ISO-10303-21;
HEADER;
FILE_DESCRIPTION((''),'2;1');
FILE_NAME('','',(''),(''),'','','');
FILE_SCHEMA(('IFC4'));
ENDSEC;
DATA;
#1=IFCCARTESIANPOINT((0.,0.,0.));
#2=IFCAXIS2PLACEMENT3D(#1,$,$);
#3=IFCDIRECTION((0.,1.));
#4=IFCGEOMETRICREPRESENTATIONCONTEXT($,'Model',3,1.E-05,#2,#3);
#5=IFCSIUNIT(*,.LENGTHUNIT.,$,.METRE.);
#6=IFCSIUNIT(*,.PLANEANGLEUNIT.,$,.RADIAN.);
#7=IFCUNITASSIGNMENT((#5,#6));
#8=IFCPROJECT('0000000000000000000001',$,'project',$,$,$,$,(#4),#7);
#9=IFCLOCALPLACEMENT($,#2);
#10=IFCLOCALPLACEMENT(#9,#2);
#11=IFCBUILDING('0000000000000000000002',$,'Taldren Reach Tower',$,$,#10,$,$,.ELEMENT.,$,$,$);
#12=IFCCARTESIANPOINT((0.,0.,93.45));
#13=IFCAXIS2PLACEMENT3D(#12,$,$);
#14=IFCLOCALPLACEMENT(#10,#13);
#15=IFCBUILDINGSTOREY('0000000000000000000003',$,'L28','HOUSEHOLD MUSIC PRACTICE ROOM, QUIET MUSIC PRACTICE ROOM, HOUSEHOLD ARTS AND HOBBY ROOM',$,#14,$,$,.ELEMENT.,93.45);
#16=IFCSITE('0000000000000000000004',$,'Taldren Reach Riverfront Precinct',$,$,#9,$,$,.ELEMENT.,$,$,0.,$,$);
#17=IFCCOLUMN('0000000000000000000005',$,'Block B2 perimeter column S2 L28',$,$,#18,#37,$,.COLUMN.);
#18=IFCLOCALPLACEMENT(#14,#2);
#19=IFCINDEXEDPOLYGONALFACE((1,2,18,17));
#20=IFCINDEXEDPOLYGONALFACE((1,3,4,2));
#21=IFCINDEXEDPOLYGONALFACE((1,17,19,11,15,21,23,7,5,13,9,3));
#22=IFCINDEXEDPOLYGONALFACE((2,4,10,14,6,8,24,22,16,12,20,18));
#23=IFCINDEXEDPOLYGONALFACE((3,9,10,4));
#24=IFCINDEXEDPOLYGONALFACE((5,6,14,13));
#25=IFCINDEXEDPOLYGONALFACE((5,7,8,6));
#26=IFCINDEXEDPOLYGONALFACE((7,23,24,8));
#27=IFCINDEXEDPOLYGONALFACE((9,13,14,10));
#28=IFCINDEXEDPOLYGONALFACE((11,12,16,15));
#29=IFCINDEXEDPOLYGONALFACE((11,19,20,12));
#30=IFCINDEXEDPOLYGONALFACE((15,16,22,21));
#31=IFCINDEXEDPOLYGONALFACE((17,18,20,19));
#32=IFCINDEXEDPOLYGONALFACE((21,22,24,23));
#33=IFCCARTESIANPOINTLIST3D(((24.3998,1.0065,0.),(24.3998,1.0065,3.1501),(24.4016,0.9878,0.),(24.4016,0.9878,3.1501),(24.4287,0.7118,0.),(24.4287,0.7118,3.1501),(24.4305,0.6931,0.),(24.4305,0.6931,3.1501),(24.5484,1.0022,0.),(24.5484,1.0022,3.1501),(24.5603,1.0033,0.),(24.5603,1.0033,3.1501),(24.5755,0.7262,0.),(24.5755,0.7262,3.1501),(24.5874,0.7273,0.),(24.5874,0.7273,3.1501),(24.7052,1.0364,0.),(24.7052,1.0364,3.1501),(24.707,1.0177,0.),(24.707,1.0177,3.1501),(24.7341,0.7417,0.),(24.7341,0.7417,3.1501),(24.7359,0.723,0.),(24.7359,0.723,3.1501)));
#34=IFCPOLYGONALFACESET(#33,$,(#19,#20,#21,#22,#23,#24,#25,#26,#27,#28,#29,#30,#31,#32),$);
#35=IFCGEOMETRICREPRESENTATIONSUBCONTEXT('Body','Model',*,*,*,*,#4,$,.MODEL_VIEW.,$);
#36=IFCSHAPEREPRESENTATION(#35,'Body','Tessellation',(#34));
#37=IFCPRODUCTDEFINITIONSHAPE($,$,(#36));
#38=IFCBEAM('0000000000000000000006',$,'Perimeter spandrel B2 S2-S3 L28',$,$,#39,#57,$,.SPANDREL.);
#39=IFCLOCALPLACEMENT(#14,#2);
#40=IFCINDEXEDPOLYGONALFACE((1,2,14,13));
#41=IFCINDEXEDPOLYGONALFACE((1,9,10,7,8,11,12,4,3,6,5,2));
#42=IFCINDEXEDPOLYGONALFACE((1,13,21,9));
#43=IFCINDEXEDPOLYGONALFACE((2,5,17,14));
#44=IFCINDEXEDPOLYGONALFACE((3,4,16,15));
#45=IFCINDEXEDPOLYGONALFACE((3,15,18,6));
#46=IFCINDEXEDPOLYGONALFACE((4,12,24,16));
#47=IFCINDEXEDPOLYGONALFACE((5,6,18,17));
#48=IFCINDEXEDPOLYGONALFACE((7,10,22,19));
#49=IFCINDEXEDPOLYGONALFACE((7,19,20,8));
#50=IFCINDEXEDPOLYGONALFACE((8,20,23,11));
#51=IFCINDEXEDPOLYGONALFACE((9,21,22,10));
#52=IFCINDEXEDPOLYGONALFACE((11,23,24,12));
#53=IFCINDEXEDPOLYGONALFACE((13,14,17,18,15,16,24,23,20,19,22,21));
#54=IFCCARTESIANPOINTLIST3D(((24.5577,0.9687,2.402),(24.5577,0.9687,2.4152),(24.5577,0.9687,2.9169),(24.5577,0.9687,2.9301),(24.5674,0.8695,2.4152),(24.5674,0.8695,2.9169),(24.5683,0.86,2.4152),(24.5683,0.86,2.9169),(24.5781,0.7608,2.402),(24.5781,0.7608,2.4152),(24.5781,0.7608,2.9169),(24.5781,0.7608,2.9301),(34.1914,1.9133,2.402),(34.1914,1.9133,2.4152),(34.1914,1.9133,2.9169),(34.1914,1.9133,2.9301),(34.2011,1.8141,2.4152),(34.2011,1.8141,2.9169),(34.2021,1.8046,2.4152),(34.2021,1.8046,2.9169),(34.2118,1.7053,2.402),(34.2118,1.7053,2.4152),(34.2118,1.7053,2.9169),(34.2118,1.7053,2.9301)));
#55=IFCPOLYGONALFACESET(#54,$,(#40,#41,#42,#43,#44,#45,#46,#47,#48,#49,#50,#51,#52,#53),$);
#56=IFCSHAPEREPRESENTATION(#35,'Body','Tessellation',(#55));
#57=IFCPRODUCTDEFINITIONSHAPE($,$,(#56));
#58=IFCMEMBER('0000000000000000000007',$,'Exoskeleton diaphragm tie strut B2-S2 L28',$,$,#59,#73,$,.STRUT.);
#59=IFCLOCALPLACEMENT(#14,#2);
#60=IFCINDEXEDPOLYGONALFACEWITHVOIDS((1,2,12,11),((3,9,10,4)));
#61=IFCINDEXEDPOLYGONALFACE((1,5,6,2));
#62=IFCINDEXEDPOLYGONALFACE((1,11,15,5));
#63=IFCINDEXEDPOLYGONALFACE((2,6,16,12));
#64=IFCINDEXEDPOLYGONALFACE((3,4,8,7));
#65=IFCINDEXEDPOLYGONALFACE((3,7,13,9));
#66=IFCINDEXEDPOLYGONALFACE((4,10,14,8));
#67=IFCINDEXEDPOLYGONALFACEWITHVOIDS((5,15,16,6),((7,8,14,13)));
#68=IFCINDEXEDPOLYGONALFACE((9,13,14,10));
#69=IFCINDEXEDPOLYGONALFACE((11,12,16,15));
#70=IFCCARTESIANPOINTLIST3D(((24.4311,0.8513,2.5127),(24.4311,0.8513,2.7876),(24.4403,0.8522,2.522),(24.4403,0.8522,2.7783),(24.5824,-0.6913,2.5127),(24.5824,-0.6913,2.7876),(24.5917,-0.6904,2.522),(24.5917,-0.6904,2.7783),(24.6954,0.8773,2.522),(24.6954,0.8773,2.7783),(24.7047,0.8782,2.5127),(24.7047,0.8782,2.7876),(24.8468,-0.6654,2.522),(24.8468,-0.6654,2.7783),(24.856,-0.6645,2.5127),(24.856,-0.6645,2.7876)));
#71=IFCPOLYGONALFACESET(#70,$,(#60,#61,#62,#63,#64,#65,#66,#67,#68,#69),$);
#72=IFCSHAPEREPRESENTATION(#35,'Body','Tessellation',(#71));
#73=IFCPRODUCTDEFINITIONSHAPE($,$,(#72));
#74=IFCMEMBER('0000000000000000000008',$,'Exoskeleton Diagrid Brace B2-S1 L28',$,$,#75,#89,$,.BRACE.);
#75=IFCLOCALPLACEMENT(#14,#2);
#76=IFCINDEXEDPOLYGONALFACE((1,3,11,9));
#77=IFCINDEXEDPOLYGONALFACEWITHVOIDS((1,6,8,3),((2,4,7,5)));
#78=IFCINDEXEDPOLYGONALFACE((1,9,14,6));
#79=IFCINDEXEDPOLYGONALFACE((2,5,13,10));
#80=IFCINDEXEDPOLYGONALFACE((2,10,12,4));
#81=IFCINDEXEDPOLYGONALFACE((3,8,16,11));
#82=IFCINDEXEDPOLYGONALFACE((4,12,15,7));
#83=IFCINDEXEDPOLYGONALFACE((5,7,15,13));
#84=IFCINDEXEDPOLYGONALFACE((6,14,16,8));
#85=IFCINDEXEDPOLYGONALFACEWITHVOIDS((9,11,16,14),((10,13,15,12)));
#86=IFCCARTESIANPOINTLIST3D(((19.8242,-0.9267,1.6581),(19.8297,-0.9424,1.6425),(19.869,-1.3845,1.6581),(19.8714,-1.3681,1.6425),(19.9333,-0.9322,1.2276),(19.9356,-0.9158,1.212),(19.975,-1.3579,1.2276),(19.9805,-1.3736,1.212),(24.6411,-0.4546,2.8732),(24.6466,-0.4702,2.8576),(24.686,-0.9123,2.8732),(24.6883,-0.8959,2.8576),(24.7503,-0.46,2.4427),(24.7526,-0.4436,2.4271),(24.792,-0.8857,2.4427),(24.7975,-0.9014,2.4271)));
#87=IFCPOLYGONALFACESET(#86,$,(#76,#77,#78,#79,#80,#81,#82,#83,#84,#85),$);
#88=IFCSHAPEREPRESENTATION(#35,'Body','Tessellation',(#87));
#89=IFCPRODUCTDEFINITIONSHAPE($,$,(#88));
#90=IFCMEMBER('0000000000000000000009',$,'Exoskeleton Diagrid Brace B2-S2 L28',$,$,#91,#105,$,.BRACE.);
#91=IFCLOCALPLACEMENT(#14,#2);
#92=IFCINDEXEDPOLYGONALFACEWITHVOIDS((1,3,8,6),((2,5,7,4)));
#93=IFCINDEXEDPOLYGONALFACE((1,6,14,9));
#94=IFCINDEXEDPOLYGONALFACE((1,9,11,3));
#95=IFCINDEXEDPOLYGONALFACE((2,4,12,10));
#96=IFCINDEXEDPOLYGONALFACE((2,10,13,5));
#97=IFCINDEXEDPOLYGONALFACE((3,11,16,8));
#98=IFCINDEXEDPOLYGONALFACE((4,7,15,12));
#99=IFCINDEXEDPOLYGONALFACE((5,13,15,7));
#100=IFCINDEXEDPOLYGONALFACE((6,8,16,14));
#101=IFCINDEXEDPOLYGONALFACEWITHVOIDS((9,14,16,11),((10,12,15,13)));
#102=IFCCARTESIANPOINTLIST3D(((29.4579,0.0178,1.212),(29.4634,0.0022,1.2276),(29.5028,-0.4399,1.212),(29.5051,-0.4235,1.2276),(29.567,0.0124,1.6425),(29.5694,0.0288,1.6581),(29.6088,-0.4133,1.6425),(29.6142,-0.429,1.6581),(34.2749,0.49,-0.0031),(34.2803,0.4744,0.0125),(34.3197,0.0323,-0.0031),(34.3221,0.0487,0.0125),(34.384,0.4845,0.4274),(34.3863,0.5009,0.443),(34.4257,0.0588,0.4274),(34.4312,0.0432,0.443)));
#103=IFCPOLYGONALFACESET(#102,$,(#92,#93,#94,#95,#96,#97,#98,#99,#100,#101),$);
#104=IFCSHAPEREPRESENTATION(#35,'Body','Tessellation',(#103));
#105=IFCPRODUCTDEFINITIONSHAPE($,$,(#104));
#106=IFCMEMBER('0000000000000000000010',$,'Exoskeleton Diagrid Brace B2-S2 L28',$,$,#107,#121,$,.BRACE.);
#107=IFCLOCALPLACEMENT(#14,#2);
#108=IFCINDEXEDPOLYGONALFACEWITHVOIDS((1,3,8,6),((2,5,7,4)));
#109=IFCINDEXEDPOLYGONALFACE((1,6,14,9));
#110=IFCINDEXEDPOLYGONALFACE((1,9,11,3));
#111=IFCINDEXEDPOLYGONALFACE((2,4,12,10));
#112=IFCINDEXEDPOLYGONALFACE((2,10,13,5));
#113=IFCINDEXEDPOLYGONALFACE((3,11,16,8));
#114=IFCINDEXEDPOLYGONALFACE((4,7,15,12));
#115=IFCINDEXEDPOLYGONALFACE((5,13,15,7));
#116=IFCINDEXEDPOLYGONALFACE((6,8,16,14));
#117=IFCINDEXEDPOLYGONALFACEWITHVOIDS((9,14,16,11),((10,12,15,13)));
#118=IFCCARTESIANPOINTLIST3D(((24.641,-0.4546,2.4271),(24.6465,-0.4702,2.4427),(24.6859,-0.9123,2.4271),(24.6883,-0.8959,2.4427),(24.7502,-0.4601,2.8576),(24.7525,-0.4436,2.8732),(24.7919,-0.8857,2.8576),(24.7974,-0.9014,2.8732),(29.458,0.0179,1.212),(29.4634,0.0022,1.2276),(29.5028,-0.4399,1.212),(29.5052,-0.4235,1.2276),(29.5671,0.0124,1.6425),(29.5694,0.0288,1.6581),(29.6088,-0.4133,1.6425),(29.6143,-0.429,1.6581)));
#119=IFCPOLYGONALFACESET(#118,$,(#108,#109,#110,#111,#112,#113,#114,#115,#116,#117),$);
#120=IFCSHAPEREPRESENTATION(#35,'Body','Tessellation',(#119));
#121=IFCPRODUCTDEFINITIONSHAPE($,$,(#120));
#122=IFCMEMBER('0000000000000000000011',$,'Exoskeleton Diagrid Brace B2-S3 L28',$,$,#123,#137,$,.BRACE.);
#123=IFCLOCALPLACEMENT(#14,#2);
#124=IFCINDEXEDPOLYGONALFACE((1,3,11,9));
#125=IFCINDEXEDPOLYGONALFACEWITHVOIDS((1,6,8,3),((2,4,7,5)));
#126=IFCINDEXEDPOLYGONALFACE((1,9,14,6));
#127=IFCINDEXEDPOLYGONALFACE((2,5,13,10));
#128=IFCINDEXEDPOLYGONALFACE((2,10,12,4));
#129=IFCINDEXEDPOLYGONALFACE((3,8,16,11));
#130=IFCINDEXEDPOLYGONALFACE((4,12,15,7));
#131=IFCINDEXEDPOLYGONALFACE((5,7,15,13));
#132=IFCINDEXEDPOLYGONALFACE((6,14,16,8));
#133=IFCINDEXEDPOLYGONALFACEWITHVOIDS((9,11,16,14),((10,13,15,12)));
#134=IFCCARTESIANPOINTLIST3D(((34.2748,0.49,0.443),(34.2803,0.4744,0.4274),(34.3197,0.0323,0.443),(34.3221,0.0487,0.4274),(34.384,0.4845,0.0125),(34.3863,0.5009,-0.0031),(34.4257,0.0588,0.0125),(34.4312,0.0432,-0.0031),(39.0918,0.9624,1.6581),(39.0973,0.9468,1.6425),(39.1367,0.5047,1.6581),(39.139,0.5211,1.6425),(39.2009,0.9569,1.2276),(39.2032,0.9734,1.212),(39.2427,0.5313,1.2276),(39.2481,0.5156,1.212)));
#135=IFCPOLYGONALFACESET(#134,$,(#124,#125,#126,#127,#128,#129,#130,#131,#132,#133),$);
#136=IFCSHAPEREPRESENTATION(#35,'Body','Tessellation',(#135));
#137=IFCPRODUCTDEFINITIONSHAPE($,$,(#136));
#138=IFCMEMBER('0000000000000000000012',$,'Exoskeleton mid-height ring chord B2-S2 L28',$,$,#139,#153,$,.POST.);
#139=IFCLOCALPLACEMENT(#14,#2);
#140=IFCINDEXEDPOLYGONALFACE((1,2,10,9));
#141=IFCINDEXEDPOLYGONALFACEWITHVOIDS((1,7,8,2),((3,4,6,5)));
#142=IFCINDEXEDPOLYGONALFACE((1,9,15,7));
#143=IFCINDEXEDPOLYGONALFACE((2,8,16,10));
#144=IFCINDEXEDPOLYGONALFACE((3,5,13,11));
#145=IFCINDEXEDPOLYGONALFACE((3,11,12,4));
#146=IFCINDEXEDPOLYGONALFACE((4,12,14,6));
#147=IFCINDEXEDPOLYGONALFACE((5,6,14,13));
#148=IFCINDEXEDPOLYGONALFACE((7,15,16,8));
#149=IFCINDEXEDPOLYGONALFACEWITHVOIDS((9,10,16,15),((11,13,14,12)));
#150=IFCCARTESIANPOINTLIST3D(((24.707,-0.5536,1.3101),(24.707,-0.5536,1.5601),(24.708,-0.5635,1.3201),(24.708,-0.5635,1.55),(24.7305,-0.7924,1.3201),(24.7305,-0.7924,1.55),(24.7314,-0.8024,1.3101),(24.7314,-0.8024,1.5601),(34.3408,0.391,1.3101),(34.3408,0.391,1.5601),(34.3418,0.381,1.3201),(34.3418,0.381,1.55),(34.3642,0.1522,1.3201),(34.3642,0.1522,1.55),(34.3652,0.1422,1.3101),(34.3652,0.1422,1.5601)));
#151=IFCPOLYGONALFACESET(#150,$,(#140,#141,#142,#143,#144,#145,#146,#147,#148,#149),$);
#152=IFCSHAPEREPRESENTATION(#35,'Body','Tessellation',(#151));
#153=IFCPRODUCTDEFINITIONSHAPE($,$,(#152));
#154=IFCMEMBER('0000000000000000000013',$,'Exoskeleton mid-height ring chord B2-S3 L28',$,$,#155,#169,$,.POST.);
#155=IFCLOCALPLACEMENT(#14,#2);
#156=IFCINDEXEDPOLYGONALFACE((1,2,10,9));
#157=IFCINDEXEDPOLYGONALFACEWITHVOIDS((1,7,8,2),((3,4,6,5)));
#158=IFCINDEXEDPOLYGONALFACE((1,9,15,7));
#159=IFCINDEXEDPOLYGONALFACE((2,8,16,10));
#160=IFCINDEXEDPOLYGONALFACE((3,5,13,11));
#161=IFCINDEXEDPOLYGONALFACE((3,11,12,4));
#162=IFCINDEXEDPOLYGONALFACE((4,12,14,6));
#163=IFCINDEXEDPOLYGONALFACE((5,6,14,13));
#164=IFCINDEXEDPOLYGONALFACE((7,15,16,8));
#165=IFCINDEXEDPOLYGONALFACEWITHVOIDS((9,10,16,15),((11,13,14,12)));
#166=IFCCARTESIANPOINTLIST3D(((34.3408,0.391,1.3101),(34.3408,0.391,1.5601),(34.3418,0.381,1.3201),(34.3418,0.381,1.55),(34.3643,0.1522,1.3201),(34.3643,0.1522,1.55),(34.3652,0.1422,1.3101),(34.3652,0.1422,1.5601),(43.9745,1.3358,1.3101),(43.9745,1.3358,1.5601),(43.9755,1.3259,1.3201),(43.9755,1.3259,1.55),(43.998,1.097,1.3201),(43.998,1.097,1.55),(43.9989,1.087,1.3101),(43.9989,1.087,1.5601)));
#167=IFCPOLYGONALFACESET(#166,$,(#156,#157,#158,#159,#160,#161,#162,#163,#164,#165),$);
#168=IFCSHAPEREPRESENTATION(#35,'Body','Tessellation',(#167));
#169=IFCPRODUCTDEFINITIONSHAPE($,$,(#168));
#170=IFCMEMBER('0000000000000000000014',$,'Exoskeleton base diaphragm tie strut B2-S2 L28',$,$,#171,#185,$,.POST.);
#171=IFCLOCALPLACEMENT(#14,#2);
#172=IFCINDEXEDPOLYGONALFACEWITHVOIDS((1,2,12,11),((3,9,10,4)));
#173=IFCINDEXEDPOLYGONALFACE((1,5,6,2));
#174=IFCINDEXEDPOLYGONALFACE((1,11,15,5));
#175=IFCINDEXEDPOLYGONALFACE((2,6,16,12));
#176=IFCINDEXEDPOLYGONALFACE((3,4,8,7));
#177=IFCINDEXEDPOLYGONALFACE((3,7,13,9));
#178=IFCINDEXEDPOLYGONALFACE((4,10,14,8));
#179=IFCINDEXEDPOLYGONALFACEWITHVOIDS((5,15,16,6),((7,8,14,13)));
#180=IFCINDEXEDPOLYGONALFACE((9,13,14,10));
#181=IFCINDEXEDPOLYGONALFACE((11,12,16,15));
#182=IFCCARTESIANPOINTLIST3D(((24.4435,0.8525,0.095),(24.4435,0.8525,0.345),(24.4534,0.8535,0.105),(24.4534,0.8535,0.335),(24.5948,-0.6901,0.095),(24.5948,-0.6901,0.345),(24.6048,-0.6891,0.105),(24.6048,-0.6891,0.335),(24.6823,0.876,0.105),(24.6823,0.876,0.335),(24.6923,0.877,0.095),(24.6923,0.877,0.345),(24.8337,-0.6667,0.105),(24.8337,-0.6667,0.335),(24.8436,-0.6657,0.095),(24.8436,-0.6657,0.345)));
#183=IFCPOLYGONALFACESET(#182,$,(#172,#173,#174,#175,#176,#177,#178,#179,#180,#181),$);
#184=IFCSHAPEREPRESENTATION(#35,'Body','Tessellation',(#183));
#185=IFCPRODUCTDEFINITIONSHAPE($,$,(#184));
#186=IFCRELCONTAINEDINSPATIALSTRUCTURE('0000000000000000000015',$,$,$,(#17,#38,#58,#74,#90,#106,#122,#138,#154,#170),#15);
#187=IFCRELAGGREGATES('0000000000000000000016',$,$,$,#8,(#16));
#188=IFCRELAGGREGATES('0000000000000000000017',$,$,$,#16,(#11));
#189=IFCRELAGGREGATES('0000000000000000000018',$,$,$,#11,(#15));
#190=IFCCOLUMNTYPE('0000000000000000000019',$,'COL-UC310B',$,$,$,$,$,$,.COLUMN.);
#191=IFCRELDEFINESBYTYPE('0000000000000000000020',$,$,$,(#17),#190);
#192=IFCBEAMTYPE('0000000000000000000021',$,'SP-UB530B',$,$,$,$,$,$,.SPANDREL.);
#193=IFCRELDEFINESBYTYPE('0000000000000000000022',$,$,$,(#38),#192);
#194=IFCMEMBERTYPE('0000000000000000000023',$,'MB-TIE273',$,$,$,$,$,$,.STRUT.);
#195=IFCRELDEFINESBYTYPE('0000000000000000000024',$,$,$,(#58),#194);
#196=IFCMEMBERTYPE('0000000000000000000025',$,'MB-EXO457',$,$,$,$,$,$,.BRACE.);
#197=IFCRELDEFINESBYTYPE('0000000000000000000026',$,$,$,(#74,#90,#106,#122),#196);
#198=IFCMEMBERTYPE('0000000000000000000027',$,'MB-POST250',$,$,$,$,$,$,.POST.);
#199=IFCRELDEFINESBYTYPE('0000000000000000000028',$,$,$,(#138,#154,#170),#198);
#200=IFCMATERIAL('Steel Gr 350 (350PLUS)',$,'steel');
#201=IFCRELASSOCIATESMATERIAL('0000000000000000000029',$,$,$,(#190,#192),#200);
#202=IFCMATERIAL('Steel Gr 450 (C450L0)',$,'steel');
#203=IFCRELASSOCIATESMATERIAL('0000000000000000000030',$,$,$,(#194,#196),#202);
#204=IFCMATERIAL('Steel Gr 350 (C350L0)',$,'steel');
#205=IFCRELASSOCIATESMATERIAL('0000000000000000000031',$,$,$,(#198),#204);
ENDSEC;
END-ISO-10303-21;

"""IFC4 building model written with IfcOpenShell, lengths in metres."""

from ifc_helpers import new_model, si_unit, direction, frame, origin, origin_2d, place, context, subcontext, project, spatial, hollow_rectangle, i_section, extrude, source, transform, mapped, material, material_profile, profile_set, type_object, element, save


model = new_model("IFC4")

# Units and contexts
model_context = context("Model", 3, precision=1e-05, world=origin(), true_north=direction((0.0, 1.0)))
body_context = subcontext(model_context, "Body", "Model", "MODEL_VIEW")
ifc_project = project(units=[si_unit("LENGTHUNIT", "METRE"), si_unit("PLANEANGLEUNIT", "RADIAN")], contexts=[model_context])

# Site, building, storey
site_placement = place(None, origin())
site = spatial("IfcSite", under=ifc_project, at=site_placement, Name="Taldren Reach Riverfront Precinct", CompositionType="ELEMENT", RefElevation=0.0)
building_placement = place(site_placement, origin())
building = spatial("IfcBuilding", under=site, at=building_placement, Name="Taldren Reach Tower", CompositionType="ELEMENT")
storey_placement = place(building_placement, frame((0.0, 0.0, 93.45)))
storey = spatial("IfcBuildingStorey", under=building, at=storey_placement, Name="L28", Description="HOUSEHOLD MUSIC PRACTICE ROOM, QUIET MUSIC PRACTICE ROOM, HOUSEHOLD ARTS AND HOBBY ROOM", CompositionType="ELEMENT", Elevation=93.45)

# Column
ifc_material_1 = material(Name="Steel Gr 350 (350PLUS)", Category="steel")
ifc_material_profile_1 = material_profile(ifc_material_1, i_section(OverallWidth=0.3069, OverallDepth=0.3149, WebThickness=0.012, FlangeThickness=0.0188, at=origin_2d()), Name="310UC118")
ifc_profile_set_1 = profile_set([ifc_material_profile_1], Name="Steel Gr 350 (350PLUS)")
column_type = type_object("IfcColumnType", Name="COL-UC310B", PredefinedType="COLUMN", material=ifc_profile_set_1)
shared_shape_1 = source(origin(), body_context, "Body", "SweptSolid", [
    extrude(i_section(OverallWidth=0.3069, OverallDepth=0.3149, WebThickness=0.012, FlangeThickness=0.0188, at=origin_2d()), origin(), (0.0, 0.0, 1.0), 3.1501),
])
column_placement = place(storey_placement, frame((24.5679, 0.8647, 0.0), z_axis=(0.0, 0.0, 1.0), x_axis=(0.995227, 0.097583, 0.0)))
element("IfcColumn", 1, at=column_placement, inside=storey, type_object=column_type, Name="Block B2 perimeter column S2 L28", PredefinedType="COLUMN", context=body_context, shape_type="MappedRepresentation", body=[
    mapped(shared_shape_1, transform((0.0, 0.0, 0.0), scale=1.0)),
])

# Beam
ifc_material_profile_2 = material_profile(ifc_material_1, i_section(OverallWidth=0.209, OverallDepth=0.5281, WebThickness=0.0095, FlangeThickness=0.0132, at=origin_2d()), Name="530UB82.0")
ifc_profile_set_2 = profile_set([ifc_material_profile_2], Name="Steel Gr 350 (350PLUS)")
beam_type = type_object("IfcBeamType", Name="SP-UB530B", PredefinedType="SPANDREL", material=ifc_profile_set_2)
shared_shape_2 = source(origin(), body_context, "Body", "SweptSolid", [
    extrude(i_section(OverallWidth=0.209, OverallDepth=0.5281, WebThickness=0.0095, FlangeThickness=0.0132, at=origin_2d()), origin(), (0.0, 0.0, 1.0), 9.6799),
])
beam_placement = place(storey_placement, frame((24.5679, 0.8647, 2.666), z_axis=(0.995228, 0.097581, 0.0), x_axis=(-0.097581, 0.995228, 0.0)))
element("IfcBeam", 2, at=beam_placement, inside=storey, type_object=beam_type, Name="Perimeter spandrel B2 S2-S3 L28", PredefinedType="SPANDREL", context=body_context, shape_type="MappedRepresentation", body=[
    mapped(shared_shape_2, transform((0.0, 0.0, 0.0), scale=1.0)),
])

# Members
ifc_material_2 = material(Name="Steel Gr 450 (C450L0)", Category="steel")
ifc_material_profile_3 = material_profile(ifc_material_2, hollow_rectangle(XDim=0.2749, YDim=0.2749, WallThickness=0.0093, at=origin_2d()), Name="275x275x9.3SHS")
ifc_profile_set_3 = profile_set([ifc_material_profile_3], Name="Steel Gr 450 (C450L0)")
member_type_1 = type_object("IfcMemberType", Name="MB-TIE273", PredefinedType="STRUT", material=ifc_profile_set_3)
shared_shape_3 = source(origin(), body_context, "Body", "SweptSolid", [
    extrude(hollow_rectangle(XDim=0.2749, YDim=0.2749, WallThickness=0.0093, at=origin_2d()), origin(), (0.0, 0.0, 1.0), 1.55),
])
member_1_placement = place(storey_placement, frame((24.5679, 0.8647, 2.6501), z_axis=(0.097648, -0.995221, 0.0), x_axis=(0.995221, 0.097648, 0.0)))
element("IfcMember", 3, at=member_1_placement, inside=storey, type_object=member_type_1, Name="Exoskeleton diaphragm tie strut B2-S2 L28", PredefinedType="STRUT", context=body_context, shape_type="MappedRepresentation", body=[
    mapped(shared_shape_3, transform((0.0, 0.0, 0.0), scale=1.0)),
])
ifc_material_profile_4 = material_profile(ifc_material_2, hollow_rectangle(XDim=0.46, YDim=0.46, WallThickness=0.0161, at=origin_2d()), Name="460x460x16.0SHS")
ifc_profile_set_4 = profile_set([ifc_material_profile_4], Name="Steel Gr 450 (C450L0)")
member_type_2 = type_object("IfcMemberType", Name="MB-EXO457", PredefinedType="BRACE", material=ifc_profile_set_4)
shared_shape_4 = source(origin(), body_context, "Body", "SweptSolid", [
    extrude(hollow_rectangle(XDim=0.46, YDim=0.46, WallThickness=0.0161, at=origin_2d()), origin(), (0.0, 0.0, 1.0), 4.9902),
])
for number, where, z_axis, x_axis, name in (
    (4, (19.9023, -1.1501, 1.4351), (0.965276, 0.09462, 0.243496), (-0.097556, 0.99523, 0.0), "Exoskeleton Diagrid Brace B2-S1 L28"),
    (5, (34.353, 0.2666, 0.22), (-0.965276, -0.09462, 0.243496), (0.097556, -0.99523, 0.0), "Exoskeleton Diagrid Brace B2-S2 L28"),
    (6, (29.5361, -0.2056, 1.4351), (-0.965271, -0.094668, 0.243495), (0.097606, -0.995225, 0.0), "Exoskeleton Diagrid Brace B2-S2 L28"),
    (7, (34.353, 0.2666, 0.22), (0.965271, 0.094668, 0.243495), (-0.097606, 0.995225, 0.0), "Exoskeleton Diagrid Brace B2-S3 L28"),
):
    element("IfcMember", number, at=place(storey_placement, frame(where, z_axis=z_axis, x_axis=x_axis)), inside=storey, type_object=member_type_2, Name=name, PredefinedType="BRACE", context=body_context, shape_type="MappedRepresentation", body=[
        mapped(shared_shape_4, transform((0.0, 0.0, 0.0), scale=1.0)),
    ])
ifc_material_3 = material(Name="Steel Gr 350 (C350L0)", Category="steel")
ifc_material_profile_5 = material_profile(ifc_material_3, hollow_rectangle(XDim=0.25, YDim=0.25, WallThickness=0.01, at=origin_2d()), Name="250x250x10.0SHS")
ifc_profile_set_5 = profile_set([ifc_material_profile_5], Name="Steel Gr 350 (C350L0)")
member_type_3 = type_object("IfcMemberType", Name="MB-POST250", PredefinedType="POST", material=ifc_profile_set_5)
shared_shape_5 = source(origin(), body_context, "Body", "SweptSolid", [
    extrude(hollow_rectangle(XDim=0.25, YDim=0.25, WallThickness=0.01, at=origin_2d()), origin(), (0.0, 0.0, 1.0), 9.6799),
])
for number, where, z_axis, x_axis, name in (
    (8, (24.7192, -0.678, 1.4351), (0.995228, 0.097581, 0.0), (-0.097581, 0.995228, 0.0), "Exoskeleton mid-height ring chord B2-S2 L28"),
    (9, (34.353, 0.2666, 1.4351), (0.995225, 0.097606, 0.0), (-0.097606, 0.995225, 0.0), "Exoskeleton mid-height ring chord B2-S3 L28"),
):
    element("IfcMember", number, at=place(storey_placement, frame(where, z_axis=z_axis, x_axis=x_axis)), inside=storey, type_object=member_type_3, Name=name, PredefinedType="POST", context=body_context, shape_type="MappedRepresentation", body=[
        mapped(shared_shape_5, transform((0.0, 0.0, 0.0), scale=1.0)),
    ])
shared_shape_6 = source(origin(), body_context, "Body", "SweptSolid", [
    extrude(hollow_rectangle(XDim=0.25, YDim=0.25, WallThickness=0.01, at=origin_2d()), origin(), (0.0, 0.0, 1.0), 1.55),
])
for number, where, z_axis, x_axis, name in (
    (10, (24.5679, 0.8647, 0.22), (0.097648, -0.995221, 0.0), (0.995221, 0.097648, 0.0), "Exoskeleton base diaphragm tie strut B2-S2 L28"),
):
    element("IfcMember", number, at=place(storey_placement, frame(where, z_axis=z_axis, x_axis=x_axis)), inside=storey, type_object=member_type_3, Name=name, PredefinedType="POST", context=body_context, shape_type="MappedRepresentation", body=[
        mapped(shared_shape_6, transform((0.0, 0.0, 0.0), scale=1.0)),
    ])

save(model, "model.ifc")
